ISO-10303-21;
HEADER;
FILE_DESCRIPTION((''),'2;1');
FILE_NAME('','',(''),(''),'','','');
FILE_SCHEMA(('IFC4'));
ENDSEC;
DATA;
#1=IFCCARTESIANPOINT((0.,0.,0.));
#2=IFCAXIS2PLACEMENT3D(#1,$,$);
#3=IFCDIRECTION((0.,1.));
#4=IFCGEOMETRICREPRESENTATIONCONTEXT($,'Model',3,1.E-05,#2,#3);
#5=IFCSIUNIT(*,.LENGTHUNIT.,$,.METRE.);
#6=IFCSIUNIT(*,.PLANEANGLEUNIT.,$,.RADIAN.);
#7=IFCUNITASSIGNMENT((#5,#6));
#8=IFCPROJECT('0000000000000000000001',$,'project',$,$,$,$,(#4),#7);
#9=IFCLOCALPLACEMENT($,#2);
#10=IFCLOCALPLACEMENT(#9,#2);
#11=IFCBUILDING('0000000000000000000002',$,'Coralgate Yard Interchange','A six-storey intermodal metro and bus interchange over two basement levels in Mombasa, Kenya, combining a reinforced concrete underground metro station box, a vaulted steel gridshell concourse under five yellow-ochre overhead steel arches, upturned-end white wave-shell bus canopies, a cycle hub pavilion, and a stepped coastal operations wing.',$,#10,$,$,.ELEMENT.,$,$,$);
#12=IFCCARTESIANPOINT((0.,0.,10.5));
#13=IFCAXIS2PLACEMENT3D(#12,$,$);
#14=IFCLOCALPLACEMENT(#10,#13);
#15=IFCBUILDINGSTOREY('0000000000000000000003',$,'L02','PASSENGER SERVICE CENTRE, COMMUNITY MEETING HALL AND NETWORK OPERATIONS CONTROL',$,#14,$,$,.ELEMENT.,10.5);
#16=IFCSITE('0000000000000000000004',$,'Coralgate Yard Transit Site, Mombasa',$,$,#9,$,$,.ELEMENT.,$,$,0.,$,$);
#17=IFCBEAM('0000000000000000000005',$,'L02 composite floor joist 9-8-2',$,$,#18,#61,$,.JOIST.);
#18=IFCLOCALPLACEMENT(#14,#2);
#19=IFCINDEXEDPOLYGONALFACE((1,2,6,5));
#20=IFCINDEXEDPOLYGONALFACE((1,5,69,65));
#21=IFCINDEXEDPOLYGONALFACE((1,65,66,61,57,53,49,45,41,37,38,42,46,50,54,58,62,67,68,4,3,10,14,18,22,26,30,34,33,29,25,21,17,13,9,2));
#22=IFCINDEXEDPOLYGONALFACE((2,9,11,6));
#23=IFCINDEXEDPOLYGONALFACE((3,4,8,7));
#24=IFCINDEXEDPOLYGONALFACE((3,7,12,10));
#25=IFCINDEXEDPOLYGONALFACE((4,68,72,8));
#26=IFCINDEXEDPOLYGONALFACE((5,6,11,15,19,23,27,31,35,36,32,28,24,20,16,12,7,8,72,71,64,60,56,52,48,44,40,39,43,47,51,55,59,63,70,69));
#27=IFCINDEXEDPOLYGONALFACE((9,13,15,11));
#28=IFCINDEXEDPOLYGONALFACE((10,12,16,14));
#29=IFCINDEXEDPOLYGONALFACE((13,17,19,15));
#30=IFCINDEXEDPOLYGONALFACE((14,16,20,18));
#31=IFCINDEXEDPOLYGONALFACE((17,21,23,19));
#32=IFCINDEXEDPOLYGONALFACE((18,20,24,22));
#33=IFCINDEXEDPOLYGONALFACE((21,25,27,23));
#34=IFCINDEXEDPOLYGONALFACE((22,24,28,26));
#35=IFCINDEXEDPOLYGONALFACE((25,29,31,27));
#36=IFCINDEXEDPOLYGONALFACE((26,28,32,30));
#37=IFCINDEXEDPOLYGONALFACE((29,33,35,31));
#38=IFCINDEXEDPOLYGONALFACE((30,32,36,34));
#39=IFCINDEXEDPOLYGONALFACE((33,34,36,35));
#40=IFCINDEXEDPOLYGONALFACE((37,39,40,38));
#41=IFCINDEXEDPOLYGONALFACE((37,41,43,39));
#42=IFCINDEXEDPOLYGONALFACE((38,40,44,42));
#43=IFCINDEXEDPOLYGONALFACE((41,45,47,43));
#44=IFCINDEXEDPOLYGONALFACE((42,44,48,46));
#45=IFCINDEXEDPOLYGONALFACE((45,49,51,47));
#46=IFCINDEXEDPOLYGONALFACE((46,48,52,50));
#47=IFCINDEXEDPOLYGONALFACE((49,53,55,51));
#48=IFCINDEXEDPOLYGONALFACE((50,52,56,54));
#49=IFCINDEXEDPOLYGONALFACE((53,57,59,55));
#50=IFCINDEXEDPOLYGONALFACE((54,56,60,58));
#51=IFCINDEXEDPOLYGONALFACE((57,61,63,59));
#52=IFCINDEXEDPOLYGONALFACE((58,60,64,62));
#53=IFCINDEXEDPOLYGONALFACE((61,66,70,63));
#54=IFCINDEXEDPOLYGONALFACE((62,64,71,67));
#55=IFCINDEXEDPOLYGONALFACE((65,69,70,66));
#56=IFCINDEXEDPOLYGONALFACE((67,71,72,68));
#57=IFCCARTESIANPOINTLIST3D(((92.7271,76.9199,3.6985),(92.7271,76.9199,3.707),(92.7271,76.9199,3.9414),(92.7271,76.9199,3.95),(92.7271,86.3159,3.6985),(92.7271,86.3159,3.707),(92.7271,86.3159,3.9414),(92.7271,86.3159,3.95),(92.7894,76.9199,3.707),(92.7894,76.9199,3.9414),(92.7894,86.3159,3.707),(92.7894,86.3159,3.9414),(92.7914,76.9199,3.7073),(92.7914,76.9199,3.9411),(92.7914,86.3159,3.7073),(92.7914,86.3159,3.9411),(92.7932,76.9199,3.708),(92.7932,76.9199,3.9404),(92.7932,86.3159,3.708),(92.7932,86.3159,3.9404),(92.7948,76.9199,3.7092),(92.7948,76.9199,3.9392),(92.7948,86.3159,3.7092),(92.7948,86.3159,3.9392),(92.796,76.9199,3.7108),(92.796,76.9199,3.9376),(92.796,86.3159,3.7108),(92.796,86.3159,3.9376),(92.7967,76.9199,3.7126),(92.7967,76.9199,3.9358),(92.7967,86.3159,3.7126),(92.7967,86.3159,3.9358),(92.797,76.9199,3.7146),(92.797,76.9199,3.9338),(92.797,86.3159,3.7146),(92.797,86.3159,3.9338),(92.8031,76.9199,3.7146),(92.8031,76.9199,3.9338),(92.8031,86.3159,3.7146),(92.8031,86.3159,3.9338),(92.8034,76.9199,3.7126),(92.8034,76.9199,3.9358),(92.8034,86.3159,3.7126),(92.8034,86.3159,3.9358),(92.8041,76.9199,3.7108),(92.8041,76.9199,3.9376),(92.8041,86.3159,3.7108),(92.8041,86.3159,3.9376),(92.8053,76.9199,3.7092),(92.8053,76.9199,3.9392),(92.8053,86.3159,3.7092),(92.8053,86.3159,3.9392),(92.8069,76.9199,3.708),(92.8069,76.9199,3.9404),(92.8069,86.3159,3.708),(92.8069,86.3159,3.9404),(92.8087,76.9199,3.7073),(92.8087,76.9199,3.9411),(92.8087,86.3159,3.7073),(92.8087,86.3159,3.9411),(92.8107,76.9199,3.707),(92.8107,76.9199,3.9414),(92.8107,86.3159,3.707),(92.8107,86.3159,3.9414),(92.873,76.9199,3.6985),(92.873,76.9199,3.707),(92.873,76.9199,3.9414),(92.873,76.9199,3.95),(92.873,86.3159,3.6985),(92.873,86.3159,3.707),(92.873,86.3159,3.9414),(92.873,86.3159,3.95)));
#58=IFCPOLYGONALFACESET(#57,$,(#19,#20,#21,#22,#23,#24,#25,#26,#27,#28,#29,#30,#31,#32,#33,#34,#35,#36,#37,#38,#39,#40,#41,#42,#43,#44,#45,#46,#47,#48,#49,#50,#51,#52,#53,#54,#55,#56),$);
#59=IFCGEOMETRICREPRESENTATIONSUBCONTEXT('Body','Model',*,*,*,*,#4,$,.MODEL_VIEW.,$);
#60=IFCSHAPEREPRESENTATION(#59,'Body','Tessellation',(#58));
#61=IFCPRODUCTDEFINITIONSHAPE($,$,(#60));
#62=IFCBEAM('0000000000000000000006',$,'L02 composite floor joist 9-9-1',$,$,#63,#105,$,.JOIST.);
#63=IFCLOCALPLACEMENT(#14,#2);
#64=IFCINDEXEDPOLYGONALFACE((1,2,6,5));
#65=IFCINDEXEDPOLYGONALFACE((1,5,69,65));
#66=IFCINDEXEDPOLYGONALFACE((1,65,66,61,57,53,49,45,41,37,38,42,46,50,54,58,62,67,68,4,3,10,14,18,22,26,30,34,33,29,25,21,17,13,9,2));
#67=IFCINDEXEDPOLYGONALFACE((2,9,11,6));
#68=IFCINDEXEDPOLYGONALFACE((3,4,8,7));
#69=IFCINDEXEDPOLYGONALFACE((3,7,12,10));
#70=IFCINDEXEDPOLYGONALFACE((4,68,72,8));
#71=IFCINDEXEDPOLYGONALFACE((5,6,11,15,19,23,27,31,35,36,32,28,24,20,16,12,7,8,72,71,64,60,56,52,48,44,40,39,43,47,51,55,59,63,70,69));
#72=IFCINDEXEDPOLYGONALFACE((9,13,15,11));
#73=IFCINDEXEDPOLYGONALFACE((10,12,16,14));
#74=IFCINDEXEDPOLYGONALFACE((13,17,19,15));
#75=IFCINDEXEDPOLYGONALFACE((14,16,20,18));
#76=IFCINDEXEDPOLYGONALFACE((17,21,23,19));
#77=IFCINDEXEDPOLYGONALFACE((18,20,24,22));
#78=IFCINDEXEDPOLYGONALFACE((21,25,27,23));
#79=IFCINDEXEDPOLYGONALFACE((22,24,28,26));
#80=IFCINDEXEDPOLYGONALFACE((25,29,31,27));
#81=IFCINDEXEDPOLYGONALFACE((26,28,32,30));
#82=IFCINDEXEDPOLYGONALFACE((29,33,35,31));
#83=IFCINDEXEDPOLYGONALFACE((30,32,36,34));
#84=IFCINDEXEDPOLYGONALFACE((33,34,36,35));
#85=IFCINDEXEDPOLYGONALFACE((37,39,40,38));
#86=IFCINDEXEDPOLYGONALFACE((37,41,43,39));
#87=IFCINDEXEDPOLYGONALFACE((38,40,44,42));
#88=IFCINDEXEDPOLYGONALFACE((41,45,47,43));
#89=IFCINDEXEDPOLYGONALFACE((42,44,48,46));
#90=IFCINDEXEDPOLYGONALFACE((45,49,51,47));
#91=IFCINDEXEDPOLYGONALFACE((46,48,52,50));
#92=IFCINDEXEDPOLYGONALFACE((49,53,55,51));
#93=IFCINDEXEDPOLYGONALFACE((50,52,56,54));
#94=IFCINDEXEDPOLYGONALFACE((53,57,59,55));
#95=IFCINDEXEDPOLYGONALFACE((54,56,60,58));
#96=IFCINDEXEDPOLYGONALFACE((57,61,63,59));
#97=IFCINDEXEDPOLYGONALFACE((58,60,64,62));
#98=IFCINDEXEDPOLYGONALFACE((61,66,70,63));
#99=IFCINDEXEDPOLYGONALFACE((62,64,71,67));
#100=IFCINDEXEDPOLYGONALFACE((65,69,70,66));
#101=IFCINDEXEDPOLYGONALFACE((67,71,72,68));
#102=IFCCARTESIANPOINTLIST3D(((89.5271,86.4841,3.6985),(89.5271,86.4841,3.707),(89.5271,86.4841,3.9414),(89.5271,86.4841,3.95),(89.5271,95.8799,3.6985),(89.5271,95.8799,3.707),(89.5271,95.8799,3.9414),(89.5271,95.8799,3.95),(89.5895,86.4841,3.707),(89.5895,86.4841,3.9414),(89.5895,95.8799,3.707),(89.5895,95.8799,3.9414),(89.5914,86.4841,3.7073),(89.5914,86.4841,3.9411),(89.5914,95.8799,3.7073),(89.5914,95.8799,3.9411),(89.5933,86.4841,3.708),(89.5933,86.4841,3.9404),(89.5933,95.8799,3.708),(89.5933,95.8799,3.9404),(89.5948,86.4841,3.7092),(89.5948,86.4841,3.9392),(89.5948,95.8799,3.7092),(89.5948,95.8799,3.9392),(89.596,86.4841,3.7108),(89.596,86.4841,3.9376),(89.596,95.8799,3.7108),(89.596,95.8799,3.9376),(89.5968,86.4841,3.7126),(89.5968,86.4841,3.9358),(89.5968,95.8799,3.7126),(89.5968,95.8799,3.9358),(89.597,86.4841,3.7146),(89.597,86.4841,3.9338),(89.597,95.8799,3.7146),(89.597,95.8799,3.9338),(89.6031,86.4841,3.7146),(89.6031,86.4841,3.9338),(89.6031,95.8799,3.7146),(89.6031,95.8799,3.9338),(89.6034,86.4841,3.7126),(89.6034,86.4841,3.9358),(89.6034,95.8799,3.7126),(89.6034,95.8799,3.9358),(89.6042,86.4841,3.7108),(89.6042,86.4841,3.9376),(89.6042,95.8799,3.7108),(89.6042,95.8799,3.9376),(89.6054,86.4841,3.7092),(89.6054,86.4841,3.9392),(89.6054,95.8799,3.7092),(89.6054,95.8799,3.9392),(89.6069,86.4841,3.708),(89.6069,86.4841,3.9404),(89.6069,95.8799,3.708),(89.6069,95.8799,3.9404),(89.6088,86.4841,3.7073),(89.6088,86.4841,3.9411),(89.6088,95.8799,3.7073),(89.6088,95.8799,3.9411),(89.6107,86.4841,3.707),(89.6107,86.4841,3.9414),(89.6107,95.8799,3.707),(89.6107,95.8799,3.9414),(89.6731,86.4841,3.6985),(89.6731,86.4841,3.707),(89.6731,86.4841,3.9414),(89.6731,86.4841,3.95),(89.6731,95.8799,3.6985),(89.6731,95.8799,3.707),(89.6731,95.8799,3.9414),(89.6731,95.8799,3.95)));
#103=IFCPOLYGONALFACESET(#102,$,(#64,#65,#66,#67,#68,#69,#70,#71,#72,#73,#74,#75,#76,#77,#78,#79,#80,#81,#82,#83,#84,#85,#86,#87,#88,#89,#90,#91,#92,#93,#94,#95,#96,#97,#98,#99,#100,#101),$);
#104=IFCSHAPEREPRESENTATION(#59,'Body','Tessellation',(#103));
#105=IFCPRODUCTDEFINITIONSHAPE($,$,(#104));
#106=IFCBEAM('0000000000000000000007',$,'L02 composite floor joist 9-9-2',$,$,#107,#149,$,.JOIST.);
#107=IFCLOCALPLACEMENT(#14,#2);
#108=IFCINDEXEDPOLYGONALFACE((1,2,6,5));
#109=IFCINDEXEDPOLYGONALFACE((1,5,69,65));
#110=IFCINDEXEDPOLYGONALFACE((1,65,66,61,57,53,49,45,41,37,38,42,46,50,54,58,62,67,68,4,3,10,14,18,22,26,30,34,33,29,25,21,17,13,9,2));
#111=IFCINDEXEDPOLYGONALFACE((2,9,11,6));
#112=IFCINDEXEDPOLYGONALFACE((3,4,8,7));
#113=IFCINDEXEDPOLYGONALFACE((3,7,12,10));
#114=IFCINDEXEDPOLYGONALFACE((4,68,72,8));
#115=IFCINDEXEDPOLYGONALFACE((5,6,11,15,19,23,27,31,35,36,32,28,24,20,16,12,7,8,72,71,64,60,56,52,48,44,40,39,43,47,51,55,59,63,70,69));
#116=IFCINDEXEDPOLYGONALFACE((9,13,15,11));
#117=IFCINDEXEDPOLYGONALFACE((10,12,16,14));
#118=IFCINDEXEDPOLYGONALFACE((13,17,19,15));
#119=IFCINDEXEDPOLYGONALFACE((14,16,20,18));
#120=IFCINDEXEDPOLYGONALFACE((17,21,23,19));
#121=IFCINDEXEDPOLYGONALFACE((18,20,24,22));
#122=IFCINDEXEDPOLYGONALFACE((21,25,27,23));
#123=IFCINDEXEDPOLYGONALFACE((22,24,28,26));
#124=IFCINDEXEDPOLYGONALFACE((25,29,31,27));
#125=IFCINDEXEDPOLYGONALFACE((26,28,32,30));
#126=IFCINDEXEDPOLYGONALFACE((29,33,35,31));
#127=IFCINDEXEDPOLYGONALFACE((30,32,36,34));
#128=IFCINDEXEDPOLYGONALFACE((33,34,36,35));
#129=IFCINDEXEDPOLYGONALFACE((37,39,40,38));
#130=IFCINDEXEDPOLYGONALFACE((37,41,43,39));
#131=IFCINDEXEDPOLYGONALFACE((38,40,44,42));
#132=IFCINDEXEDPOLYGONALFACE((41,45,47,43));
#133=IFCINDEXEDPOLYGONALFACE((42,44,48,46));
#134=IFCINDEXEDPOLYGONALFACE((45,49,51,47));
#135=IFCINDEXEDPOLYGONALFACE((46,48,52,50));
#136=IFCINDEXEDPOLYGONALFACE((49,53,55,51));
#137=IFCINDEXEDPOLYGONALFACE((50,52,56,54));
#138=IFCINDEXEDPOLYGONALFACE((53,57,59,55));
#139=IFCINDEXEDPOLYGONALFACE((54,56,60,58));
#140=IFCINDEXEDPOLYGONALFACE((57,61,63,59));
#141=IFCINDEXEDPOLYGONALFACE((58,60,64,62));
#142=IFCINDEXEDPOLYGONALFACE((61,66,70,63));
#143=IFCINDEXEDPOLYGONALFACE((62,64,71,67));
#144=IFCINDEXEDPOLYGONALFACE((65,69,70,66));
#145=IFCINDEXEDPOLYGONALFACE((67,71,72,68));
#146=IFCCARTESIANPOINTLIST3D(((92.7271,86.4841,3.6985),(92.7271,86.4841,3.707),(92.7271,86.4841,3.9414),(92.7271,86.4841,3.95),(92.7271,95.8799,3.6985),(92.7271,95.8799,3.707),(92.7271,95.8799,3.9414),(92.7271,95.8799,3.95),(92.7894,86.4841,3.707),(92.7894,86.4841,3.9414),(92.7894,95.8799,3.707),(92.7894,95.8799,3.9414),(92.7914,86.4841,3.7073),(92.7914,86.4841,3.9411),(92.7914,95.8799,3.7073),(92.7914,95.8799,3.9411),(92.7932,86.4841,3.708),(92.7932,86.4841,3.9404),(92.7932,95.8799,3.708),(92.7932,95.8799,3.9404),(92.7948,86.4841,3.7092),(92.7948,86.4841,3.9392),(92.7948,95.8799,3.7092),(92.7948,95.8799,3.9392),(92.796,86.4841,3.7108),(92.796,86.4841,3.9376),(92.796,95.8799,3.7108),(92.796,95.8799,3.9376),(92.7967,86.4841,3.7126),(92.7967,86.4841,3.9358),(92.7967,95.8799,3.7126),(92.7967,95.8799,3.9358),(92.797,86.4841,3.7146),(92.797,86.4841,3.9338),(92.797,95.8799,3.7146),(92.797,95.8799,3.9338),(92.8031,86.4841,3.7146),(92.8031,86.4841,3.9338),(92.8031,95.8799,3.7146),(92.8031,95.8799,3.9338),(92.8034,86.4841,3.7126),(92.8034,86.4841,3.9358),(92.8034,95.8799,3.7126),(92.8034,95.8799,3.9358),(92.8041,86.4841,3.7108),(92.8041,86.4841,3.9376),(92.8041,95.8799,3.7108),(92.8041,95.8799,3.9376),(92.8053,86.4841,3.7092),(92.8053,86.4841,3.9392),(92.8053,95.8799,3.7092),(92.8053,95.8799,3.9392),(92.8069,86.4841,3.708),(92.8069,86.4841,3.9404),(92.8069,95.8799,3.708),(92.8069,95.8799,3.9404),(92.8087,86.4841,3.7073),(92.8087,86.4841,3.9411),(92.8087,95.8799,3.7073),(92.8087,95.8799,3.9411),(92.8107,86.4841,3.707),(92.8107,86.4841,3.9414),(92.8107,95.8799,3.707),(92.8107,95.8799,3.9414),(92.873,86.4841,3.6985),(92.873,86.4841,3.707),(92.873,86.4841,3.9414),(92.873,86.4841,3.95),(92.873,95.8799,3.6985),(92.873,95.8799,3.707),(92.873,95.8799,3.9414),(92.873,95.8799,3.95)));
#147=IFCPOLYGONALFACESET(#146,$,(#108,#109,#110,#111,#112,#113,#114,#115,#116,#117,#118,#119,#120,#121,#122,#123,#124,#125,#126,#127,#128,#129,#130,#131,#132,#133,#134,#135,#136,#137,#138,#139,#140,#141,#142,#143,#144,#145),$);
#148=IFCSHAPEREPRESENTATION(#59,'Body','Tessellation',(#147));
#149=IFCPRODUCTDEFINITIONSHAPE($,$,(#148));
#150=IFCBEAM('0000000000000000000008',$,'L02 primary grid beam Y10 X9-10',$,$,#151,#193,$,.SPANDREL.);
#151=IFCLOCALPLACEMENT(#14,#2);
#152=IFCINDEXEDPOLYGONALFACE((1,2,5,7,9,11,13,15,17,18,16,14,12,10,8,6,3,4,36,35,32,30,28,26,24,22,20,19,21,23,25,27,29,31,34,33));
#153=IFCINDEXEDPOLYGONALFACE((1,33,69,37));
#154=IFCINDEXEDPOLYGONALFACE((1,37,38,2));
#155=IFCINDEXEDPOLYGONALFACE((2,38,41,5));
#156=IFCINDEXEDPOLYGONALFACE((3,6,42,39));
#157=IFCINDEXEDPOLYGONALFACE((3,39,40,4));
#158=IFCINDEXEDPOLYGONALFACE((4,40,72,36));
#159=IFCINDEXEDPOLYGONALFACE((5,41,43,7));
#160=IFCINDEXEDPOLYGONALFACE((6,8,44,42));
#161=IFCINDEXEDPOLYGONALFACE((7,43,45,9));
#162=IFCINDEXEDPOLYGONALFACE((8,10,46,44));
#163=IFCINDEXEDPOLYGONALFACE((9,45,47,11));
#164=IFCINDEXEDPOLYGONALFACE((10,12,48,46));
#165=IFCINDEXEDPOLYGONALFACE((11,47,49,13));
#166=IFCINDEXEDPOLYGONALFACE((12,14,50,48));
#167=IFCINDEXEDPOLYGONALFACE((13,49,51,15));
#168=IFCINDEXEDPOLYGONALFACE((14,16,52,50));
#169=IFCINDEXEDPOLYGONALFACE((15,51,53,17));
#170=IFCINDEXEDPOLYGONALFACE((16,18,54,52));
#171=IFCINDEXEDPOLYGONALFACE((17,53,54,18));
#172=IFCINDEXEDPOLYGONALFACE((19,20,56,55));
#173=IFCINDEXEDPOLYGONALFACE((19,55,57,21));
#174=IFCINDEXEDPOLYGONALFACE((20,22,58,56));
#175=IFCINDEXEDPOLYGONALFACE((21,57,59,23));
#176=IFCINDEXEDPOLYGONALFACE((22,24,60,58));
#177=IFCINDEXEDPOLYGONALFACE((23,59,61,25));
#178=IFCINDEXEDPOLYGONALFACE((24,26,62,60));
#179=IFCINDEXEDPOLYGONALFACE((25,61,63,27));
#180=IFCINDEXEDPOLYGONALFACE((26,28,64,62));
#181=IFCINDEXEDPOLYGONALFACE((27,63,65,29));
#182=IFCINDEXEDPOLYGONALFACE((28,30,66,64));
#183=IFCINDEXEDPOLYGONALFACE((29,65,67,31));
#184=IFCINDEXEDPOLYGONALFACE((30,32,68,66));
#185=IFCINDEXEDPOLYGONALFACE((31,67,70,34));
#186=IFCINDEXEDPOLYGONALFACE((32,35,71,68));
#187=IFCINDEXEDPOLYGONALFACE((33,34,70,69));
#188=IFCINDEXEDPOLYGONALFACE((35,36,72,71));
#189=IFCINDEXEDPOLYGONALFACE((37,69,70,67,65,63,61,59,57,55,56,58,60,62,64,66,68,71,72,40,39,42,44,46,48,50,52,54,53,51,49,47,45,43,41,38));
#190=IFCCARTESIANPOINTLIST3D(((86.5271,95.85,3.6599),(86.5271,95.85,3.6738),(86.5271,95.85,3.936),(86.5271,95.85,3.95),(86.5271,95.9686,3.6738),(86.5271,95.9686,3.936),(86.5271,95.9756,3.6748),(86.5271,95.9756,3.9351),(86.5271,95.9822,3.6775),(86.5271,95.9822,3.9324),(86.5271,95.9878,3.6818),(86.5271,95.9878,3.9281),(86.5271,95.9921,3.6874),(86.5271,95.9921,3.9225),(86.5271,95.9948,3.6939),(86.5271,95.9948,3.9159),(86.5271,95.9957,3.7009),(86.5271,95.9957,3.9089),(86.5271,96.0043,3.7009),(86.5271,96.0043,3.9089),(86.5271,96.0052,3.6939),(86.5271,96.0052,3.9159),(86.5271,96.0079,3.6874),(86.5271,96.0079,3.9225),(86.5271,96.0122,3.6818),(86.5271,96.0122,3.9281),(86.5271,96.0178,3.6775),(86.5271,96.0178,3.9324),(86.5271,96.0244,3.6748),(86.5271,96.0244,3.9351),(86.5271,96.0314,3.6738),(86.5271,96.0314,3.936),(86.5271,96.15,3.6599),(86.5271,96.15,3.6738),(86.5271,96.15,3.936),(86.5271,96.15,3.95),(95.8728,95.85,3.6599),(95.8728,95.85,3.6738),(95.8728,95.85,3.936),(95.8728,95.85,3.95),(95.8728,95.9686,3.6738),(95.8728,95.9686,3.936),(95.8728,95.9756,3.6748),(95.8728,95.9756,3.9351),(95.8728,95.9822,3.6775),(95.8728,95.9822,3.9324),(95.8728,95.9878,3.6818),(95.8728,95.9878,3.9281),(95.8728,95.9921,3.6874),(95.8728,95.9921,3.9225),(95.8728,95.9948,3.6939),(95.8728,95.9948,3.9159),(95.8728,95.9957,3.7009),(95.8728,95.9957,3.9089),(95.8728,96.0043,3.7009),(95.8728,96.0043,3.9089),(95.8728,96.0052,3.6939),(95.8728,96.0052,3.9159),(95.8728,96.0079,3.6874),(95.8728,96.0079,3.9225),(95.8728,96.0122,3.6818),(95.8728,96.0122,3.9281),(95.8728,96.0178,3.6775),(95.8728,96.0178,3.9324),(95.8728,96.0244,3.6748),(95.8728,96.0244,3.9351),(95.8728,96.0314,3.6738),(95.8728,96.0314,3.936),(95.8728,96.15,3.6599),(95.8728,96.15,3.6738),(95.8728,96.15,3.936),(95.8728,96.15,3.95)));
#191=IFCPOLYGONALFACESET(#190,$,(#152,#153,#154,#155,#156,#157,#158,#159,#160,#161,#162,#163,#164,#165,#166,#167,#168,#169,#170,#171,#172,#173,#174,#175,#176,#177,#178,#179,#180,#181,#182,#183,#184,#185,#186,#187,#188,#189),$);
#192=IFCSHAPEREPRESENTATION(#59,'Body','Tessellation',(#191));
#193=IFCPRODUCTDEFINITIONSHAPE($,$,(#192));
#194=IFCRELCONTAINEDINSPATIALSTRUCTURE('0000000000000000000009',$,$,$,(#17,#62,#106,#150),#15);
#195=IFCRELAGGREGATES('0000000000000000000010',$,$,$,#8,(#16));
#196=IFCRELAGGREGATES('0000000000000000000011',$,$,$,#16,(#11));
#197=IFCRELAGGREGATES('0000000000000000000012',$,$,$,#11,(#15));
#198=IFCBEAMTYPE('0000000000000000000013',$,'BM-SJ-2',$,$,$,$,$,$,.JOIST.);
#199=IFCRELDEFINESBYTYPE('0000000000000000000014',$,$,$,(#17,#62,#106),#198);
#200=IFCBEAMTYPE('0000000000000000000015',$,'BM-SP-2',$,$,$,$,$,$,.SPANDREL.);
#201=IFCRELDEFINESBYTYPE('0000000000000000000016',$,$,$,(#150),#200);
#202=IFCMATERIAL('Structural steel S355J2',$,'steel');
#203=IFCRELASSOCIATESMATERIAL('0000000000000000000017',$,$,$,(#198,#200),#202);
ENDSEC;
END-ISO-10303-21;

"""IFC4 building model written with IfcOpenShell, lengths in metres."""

from ifc_helpers import new_model, si_unit, direction, frame, origin, origin_2d, place, context, subcontext, project, spatial, i_section, extrude, material, material_profile, profile_set, type_object, element, save


model = new_model("IFC4")

# Units and contexts
model_context = context("Model", 3, precision=1e-05, world=origin(), true_north=direction((0.0, 1.0)))
body_context = subcontext(model_context, "Body", "Model", "MODEL_VIEW")
ifc_project = project(units=[si_unit("LENGTHUNIT", "METRE"), si_unit("PLANEANGLEUNIT", "RADIAN")], contexts=[model_context])

# Site, building, storey
site_placement = place(None, origin())
site = spatial("IfcSite", under=ifc_project, at=site_placement, Name="Coralgate Yard Transit Site, Mombasa", CompositionType="ELEMENT", RefElevation=0.0)
building_placement = place(site_placement, origin())
building = spatial("IfcBuilding", under=site, at=building_placement, Name="Coralgate Yard Interchange", Description="A six-storey intermodal metro and bus interchange over two basement levels in Mombasa, Kenya, combining a reinforced concrete underground metro station box, a vaulted steel gridshell concourse under five yellow-ochre overhead steel arches, upturned-end white wave-shell bus canopies, a cycle hub pavilion, and a stepped coastal operations wing.", CompositionType="ELEMENT")
storey_placement = place(building_placement, frame((0.0, 0.0, 10.5)))
storey = spatial("IfcBuildingStorey", under=building, at=storey_placement, Name="L02", Description="PASSENGER SERVICE CENTRE, COMMUNITY MEETING HALL AND NETWORK OPERATIONS CONTROL", CompositionType="ELEMENT", Elevation=10.5)

# Shared definitions
ifc_material_1 = material(Name="Structural steel S355J2", Category="steel")

# Beams
ifc_material_profile_1 = material_profile(ifc_material_1, i_section(OverallWidth=0.146, OverallDepth=0.2515, WebThickness=0.0061, FlangeThickness=0.0085, FilletRadius=0.0076, at=origin_2d()), Name="UB 254x146x31")
ifc_profile_set_1 = profile_set([ifc_material_profile_1], Name="Structural steel S355J2")
beam_type_1 = type_object("IfcBeamType", Name="BM-SJ-2", PredefinedType="JOIST", material=ifc_profile_set_1)
for number, where, z_axis, x_axis, name in (
    (1, (92.8, 76.9199, 3.8242), (0.0, 1.0, 0.0), (-1.0, 0.0, 0.0), "L02 composite floor joist 9-8-2"),
):
    element("IfcBeam", number, at=place(storey_placement, frame(where, z_axis=z_axis, x_axis=x_axis)), inside=storey, type_object=beam_type_1, Name=name, PredefinedType="JOIST", context=body_context, shape_type="SweptSolid", body=[
        extrude(i_section(OverallWidth=0.146, OverallDepth=0.2515, WebThickness=0.0061, FlangeThickness=0.0085, FilletRadius=0.0076, at=origin_2d()), origin(), (0.0, 0.0, 1.0), 9.396),
    ])
for number, where, z_axis, x_axis, name in (
    (2, (89.6001, 86.4841, 3.8242), (0.0, 1.0, 0.0), (-1.0, 0.0, 0.0), "L02 composite floor joist 9-9-1"),
    (3, (92.8, 86.4841, 3.8242), (0.0, 1.0, 0.0), (-1.0, 0.0, 0.0), "L02 composite floor joist 9-9-2"),
):
    element("IfcBeam", number, at=place(storey_placement, frame(where, z_axis=z_axis, x_axis=x_axis)), inside=storey, type_object=beam_type_1, Name=name, PredefinedType="JOIST", context=body_context, shape_type="SweptSolid", body=[
        extrude(i_section(OverallWidth=0.146, OverallDepth=0.2515, WebThickness=0.0061, FlangeThickness=0.0085, FilletRadius=0.0076, at=origin_2d()), origin(), (0.0, 0.0, 1.0), 9.3958),
    ])
ifc_material_profile_2 = material_profile(ifc_material_1, i_section(OverallWidth=0.3, OverallDepth=0.29, WebThickness=0.0085, FlangeThickness=0.0139, FilletRadius=0.0271, at=origin_2d()), Name="HEA 300")
ifc_profile_set_2 = profile_set([ifc_material_profile_2], Name="Structural steel S355J2")
beam_type_2 = type_object("IfcBeamType", Name="BM-SP-2", PredefinedType="SPANDREL", material=ifc_profile_set_2)
beam_1_placement = place(storey_placement, frame((86.5271, 96.0, 3.8049), z_axis=(1.0, 0.0, 0.0), x_axis=(0.0, 1.0, 0.0)))
element("IfcBeam", 4, at=beam_1_placement, inside=storey, type_object=beam_type_2, Name="L02 primary grid beam Y10 X9-10", PredefinedType="SPANDREL", context=body_context, shape_type="SweptSolid", body=[
    extrude(i_section(OverallWidth=0.3, OverallDepth=0.29, WebThickness=0.0085, FlangeThickness=0.0139, FilletRadius=0.0271, at=origin_2d()), origin(), (0.0, 0.0, 1.0), 9.3457),
])

save(model, "model.ifc")
